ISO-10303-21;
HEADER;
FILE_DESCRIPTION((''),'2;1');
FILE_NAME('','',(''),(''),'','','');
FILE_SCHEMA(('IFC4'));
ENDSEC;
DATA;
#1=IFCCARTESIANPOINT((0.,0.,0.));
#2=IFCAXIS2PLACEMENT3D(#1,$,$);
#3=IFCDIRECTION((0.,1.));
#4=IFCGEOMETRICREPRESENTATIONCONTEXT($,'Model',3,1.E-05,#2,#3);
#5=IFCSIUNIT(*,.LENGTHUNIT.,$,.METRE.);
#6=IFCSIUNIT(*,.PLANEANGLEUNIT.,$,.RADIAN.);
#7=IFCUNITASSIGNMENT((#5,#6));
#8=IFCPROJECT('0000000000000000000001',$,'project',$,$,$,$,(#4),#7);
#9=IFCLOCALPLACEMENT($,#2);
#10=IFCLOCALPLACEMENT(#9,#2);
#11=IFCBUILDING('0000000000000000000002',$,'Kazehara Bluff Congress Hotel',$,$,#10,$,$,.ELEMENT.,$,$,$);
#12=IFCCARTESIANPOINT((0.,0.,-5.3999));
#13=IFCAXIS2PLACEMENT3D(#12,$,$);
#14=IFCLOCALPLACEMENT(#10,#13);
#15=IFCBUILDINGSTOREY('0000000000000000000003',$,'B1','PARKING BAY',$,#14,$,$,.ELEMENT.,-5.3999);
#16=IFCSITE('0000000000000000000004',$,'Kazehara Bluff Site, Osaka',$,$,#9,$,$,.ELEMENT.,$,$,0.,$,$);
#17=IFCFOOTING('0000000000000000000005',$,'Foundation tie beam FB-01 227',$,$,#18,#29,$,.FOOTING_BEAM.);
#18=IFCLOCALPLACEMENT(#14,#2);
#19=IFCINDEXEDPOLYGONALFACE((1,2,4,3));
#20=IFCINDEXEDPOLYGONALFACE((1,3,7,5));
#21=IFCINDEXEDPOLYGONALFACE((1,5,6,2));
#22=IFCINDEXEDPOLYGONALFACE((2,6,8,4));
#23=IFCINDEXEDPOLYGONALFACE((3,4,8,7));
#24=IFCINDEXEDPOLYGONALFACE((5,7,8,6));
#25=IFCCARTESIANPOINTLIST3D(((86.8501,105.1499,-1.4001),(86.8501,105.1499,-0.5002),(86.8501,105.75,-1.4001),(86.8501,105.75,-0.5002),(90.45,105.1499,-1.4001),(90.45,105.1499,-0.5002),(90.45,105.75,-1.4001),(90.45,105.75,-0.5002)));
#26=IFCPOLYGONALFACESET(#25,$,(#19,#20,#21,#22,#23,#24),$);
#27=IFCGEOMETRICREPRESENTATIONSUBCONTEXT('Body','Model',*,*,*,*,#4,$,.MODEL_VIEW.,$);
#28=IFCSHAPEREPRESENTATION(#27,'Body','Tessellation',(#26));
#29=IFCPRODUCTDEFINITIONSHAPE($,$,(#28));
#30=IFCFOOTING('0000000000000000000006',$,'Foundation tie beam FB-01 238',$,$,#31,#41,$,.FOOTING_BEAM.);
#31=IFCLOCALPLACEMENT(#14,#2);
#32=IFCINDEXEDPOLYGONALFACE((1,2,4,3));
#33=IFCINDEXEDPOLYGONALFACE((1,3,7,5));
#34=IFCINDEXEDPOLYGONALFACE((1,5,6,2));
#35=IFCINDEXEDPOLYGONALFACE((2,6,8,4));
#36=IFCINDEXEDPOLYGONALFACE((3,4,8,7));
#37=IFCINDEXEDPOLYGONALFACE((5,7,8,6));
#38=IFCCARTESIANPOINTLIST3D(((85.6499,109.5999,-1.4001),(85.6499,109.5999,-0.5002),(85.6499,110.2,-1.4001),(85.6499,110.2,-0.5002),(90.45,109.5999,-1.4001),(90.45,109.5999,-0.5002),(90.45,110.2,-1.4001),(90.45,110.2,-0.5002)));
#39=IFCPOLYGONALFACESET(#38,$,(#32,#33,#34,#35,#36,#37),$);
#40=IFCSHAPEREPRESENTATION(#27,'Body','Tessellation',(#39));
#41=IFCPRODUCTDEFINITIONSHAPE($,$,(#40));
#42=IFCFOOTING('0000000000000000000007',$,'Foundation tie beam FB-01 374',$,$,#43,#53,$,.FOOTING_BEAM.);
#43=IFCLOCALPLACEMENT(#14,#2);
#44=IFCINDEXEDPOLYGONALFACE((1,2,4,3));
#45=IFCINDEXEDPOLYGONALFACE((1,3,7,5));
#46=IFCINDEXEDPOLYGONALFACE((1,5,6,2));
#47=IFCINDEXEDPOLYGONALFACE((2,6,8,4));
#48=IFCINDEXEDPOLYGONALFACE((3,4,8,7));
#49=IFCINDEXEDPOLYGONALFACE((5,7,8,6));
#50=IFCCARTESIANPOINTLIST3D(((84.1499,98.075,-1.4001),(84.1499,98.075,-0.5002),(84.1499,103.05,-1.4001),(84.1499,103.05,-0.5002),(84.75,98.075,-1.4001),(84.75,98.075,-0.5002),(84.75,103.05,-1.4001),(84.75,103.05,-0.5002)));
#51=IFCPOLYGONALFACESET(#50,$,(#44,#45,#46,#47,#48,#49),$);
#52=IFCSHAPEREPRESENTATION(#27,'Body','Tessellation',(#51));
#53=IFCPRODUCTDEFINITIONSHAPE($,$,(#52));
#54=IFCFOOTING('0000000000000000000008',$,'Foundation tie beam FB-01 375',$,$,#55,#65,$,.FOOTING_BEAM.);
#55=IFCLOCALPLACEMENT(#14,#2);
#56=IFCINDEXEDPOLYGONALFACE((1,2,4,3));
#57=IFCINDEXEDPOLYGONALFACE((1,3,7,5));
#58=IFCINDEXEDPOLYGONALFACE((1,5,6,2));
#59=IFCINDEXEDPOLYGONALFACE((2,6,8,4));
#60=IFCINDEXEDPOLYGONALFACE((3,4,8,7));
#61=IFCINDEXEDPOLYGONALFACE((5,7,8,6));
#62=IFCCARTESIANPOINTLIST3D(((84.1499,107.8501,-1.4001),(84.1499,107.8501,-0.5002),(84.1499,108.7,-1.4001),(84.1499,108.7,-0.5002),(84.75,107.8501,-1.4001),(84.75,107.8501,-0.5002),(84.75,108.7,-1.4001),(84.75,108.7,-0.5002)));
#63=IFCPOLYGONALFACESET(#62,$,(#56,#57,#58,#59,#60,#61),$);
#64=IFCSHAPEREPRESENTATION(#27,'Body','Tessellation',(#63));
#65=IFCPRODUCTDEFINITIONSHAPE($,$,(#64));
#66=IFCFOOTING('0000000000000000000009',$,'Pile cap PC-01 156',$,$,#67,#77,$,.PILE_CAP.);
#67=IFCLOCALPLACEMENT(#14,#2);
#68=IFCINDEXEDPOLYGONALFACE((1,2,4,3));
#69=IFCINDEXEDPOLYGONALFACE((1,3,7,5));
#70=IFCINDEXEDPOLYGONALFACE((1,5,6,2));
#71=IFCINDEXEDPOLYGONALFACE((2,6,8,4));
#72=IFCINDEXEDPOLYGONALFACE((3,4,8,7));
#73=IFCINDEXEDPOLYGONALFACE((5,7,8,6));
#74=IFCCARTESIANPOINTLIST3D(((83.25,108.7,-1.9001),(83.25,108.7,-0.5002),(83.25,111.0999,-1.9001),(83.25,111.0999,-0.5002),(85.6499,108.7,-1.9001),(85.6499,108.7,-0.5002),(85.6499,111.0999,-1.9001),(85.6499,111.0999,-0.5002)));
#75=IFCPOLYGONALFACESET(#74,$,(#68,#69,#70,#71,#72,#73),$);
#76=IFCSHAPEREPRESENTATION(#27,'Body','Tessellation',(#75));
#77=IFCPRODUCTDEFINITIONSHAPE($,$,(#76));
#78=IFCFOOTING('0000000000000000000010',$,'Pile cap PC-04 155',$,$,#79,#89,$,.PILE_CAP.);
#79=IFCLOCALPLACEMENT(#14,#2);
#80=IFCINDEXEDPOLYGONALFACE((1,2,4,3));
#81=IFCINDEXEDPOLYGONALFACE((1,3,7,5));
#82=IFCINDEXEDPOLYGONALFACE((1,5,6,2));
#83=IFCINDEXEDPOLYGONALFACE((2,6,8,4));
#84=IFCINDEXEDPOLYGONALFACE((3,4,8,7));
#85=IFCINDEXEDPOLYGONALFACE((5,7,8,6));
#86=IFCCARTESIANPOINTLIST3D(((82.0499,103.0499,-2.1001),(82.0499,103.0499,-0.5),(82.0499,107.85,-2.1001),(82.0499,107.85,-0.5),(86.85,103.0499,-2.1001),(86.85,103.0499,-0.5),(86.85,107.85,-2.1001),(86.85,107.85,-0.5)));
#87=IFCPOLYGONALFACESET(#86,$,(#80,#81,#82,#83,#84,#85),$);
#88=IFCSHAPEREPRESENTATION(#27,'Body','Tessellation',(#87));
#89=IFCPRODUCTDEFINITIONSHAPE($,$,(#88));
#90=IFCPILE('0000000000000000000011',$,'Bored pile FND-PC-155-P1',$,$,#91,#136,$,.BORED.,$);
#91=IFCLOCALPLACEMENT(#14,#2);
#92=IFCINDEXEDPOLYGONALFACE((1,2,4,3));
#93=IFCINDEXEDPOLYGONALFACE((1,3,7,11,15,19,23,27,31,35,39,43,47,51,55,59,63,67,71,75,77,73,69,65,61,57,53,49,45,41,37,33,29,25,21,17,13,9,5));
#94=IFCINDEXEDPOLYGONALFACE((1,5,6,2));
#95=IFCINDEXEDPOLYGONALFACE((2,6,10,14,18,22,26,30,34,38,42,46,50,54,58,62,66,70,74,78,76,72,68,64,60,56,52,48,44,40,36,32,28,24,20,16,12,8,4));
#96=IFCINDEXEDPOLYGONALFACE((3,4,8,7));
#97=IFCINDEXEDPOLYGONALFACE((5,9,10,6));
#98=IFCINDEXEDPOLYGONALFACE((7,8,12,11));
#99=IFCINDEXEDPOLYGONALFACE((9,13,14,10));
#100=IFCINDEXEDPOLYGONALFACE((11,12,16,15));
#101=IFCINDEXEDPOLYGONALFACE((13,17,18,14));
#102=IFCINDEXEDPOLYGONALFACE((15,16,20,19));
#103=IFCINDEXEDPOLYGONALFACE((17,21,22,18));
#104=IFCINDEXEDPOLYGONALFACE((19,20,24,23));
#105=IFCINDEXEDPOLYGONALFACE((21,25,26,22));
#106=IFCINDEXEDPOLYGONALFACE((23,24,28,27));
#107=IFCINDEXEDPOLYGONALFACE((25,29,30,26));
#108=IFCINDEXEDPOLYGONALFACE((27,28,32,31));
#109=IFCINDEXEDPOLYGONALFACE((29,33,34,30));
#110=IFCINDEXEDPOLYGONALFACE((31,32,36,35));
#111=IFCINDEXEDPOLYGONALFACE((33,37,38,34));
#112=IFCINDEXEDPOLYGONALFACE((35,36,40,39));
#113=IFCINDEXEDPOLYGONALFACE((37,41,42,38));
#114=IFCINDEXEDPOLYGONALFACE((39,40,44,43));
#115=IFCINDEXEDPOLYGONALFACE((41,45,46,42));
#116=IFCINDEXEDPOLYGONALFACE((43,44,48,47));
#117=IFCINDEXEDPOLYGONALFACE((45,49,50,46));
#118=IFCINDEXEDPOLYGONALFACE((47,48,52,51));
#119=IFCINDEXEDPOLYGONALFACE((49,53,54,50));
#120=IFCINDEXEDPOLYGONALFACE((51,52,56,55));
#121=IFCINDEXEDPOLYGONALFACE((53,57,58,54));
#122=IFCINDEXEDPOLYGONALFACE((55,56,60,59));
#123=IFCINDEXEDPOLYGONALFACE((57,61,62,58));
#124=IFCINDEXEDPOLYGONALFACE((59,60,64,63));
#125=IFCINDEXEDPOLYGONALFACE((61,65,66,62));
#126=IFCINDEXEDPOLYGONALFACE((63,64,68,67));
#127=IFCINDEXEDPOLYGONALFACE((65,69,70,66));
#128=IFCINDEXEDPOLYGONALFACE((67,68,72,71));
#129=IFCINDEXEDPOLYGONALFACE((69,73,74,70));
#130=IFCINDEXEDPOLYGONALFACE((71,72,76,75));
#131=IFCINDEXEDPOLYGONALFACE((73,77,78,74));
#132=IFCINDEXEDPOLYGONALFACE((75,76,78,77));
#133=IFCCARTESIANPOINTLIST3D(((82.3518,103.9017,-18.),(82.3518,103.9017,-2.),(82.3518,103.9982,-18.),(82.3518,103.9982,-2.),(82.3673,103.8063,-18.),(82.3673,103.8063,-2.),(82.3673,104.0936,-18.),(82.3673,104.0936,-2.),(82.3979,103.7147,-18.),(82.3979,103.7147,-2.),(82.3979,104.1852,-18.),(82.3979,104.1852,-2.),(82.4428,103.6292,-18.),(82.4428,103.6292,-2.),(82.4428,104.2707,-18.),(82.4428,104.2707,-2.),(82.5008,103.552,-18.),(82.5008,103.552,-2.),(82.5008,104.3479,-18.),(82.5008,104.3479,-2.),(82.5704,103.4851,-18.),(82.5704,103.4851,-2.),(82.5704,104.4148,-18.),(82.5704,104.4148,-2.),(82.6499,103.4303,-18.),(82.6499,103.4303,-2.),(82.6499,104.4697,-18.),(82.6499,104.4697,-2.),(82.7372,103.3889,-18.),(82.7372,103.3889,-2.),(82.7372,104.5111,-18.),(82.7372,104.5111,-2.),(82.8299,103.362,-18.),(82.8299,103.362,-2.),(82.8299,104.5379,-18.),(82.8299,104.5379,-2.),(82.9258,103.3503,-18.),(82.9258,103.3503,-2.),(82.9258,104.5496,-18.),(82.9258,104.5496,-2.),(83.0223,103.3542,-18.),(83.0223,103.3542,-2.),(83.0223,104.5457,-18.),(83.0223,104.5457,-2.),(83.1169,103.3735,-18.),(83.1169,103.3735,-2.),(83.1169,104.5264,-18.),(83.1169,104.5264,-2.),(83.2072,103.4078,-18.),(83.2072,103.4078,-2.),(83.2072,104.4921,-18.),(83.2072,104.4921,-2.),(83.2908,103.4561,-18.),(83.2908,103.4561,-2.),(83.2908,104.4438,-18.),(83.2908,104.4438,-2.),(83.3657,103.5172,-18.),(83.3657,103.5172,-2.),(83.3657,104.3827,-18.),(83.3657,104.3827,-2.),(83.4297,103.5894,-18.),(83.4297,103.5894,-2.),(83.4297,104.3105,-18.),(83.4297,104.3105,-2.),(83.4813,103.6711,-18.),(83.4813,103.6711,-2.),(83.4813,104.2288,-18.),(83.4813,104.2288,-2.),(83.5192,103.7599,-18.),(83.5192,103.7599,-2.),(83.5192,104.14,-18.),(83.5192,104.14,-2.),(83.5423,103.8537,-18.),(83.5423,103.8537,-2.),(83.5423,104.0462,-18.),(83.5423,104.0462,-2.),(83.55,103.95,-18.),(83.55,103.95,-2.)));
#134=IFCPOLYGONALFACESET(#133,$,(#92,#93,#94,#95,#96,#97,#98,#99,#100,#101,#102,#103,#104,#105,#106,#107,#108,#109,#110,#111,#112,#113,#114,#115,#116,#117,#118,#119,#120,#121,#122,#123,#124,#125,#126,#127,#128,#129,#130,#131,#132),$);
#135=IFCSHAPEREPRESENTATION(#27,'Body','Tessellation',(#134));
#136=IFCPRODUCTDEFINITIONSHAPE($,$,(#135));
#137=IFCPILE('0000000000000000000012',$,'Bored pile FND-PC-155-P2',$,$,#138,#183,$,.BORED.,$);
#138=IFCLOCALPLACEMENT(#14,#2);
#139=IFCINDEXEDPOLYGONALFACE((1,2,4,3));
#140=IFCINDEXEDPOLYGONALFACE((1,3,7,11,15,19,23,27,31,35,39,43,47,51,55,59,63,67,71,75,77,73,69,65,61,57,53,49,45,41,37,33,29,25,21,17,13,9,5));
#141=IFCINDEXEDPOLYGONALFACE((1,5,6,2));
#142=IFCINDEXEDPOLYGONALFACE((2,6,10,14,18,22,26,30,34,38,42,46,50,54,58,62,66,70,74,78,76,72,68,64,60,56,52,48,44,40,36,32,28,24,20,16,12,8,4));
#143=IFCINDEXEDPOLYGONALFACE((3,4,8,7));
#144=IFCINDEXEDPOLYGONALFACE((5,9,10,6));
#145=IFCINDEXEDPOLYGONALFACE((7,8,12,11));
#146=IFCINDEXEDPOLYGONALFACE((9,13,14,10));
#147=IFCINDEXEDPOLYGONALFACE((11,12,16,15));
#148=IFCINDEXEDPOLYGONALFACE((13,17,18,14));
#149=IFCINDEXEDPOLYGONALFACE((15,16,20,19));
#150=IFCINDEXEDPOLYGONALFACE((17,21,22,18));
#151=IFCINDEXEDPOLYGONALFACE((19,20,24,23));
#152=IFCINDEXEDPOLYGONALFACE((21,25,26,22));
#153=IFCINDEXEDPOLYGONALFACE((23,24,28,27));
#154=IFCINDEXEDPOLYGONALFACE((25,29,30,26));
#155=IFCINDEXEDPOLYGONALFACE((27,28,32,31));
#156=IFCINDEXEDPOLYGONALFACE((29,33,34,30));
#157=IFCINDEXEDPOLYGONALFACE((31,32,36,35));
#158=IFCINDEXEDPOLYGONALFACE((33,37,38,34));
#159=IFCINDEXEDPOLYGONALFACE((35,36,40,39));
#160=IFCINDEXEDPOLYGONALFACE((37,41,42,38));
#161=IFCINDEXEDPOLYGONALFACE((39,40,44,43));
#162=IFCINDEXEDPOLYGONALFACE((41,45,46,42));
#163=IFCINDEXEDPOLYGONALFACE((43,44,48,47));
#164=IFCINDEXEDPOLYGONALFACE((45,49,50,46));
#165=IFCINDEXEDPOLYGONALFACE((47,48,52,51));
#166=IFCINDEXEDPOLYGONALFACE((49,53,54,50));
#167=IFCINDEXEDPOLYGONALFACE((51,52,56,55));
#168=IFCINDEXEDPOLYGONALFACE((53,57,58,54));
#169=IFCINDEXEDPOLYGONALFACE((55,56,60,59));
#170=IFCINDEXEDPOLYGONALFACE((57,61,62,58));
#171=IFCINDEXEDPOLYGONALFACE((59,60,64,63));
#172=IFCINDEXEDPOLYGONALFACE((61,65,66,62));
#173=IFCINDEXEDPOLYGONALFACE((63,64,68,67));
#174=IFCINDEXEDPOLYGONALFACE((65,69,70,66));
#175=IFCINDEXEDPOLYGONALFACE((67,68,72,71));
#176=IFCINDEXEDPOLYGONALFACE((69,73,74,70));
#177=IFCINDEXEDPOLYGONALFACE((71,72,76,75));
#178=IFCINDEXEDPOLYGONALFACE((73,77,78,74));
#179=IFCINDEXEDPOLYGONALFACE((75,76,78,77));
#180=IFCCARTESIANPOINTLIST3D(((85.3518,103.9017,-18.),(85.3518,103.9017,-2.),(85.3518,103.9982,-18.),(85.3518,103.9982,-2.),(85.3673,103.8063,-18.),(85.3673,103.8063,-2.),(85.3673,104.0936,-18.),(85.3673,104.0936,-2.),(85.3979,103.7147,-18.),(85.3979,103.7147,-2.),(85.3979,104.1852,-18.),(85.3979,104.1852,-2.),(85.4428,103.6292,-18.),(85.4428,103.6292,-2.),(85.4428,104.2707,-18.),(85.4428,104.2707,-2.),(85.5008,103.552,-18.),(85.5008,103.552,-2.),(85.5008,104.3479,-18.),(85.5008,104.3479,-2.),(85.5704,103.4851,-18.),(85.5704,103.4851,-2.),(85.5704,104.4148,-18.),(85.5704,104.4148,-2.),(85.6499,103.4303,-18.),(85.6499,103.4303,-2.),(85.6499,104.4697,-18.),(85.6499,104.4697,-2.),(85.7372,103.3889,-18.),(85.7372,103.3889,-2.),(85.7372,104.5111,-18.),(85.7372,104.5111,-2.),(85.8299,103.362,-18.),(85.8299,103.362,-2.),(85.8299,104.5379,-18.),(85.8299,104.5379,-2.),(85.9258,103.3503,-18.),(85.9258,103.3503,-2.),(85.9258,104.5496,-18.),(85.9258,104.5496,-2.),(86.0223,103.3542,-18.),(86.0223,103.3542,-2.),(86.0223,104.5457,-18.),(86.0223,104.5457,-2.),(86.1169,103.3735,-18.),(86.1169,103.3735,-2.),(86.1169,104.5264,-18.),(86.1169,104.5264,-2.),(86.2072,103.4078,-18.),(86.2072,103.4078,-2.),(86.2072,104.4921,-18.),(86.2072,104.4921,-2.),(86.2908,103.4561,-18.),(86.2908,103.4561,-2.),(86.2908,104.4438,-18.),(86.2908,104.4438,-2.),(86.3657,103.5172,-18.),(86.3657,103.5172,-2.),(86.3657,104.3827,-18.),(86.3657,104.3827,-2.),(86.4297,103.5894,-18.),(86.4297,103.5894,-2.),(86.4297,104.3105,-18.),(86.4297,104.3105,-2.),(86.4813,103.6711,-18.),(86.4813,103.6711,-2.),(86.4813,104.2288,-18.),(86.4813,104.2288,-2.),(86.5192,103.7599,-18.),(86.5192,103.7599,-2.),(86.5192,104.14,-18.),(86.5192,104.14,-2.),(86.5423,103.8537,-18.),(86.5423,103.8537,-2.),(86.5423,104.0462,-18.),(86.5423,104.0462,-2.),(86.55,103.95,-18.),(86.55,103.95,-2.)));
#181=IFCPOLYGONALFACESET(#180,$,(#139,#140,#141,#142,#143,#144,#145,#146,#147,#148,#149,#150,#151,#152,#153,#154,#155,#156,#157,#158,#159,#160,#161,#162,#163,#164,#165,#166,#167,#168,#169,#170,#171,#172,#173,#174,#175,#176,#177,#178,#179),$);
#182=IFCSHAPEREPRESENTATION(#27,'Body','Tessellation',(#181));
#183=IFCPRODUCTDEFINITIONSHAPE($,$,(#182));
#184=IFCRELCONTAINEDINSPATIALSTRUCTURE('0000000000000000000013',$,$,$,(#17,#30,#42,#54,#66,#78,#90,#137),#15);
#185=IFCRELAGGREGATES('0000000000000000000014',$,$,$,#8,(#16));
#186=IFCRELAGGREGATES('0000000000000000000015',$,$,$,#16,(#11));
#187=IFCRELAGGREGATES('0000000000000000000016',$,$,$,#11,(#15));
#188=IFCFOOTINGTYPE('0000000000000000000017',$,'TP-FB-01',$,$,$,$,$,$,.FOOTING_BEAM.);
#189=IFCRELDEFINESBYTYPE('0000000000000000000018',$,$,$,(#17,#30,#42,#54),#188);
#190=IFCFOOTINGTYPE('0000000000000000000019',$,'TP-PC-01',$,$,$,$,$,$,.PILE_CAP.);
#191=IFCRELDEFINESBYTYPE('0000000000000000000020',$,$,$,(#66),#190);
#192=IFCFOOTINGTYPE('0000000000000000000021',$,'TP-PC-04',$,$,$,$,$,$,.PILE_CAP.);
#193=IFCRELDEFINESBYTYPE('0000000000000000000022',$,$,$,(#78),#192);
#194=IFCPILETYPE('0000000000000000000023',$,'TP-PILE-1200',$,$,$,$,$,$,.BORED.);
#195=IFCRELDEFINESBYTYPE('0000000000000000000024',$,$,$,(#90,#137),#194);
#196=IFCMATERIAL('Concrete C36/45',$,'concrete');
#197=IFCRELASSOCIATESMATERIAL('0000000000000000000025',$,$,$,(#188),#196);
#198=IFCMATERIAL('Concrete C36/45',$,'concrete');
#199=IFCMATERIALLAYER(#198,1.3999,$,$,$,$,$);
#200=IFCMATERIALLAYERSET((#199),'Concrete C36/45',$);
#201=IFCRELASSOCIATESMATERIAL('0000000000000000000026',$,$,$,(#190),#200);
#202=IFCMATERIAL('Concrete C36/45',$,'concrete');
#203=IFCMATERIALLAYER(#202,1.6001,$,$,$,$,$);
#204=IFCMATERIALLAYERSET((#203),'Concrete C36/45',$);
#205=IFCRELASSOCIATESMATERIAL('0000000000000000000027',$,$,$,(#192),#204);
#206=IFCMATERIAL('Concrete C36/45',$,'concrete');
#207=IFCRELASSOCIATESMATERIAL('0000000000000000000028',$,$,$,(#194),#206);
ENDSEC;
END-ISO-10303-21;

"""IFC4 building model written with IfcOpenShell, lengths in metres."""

from ifc_helpers import new_model, si_unit, direction, frame, origin, origin_2d, place, context, subcontext, project, spatial, rectangle, circle, extrude, material, layer, layer_set, material_profile, profile_set, type_object, element, save


model = new_model("IFC4")

# Units and contexts
model_context = context("Model", 3, precision=1e-05, world=origin(), true_north=direction((0.0, 1.0)))
body_context = subcontext(model_context, "Body", "Model", "MODEL_VIEW")
ifc_project = project(units=[si_unit("LENGTHUNIT", "METRE"), si_unit("PLANEANGLEUNIT", "RADIAN")], contexts=[model_context])

# Site, building, storey
site_placement = place(None, origin())
site = spatial("IfcSite", under=ifc_project, at=site_placement, Name="Kazehara Bluff Site, Osaka", CompositionType="ELEMENT", RefElevation=0.0)
building_placement = place(site_placement, origin())
building = spatial("IfcBuilding", under=site, at=building_placement, Name="Kazehara Bluff Congress Hotel", CompositionType="ELEMENT")
storey_placement = place(building_placement, frame((0.0, 0.0, -5.3999)))
storey = spatial("IfcBuildingStorey", under=building, at=storey_placement, Name="B1", Description="PARKING BAY", CompositionType="ELEMENT", Elevation=-5.3999)

# Footings
ifc_material_1 = material(Name="Concrete C36/45", Category="concrete")
ifc_material_profile_1 = material_profile(ifc_material_1, rectangle(XDim=0.6001, YDim=0.8999, at=origin_2d()))
ifc_profile_set_1 = profile_set([ifc_material_profile_1], Name="Concrete C36/45")
footing_type_1 = type_object("IfcFootingType", Name="TP-FB-01", PredefinedType="FOOTING_BEAM", material=ifc_profile_set_1)
footing_1_placement = place(storey_placement, frame((86.8501, 105.45, -0.9502), z_axis=(1.0, 0.0, 0.0), x_axis=(0.0, 1.0, 0.0)))
element("IfcFooting", 1, at=footing_1_placement, inside=storey, type_object=footing_type_1, Name="Foundation tie beam FB-01 227", PredefinedType="FOOTING_BEAM", context=body_context, shape_type="SweptSolid", body=[
    extrude(rectangle(XDim=0.6001, YDim=0.8999, at=origin_2d()), origin(), (0.0, 0.0, 1.0), 3.5999),
])
footing_2_placement = place(storey_placement, frame((85.6499, 109.8999, -0.9502), z_axis=(1.0, 0.0, 0.0), x_axis=(0.0, 1.0, 0.0)))
element("IfcFooting", 2, at=footing_2_placement, inside=storey, type_object=footing_type_1, Name="Foundation tie beam FB-01 238", PredefinedType="FOOTING_BEAM", context=body_context, shape_type="SweptSolid", body=[
    extrude(rectangle(XDim=0.6001, YDim=0.8999, at=origin_2d()), origin(), (0.0, 0.0, 1.0), 4.8),
])
footing_3_placement = place(storey_placement, frame((84.45, 98.075, -0.9502), z_axis=(0.0, 1.0, 0.0), x_axis=(-1.0, 0.0, 0.0)))
element("IfcFooting", 3, at=footing_3_placement, inside=storey, type_object=footing_type_1, Name="Foundation tie beam FB-01 374", PredefinedType="FOOTING_BEAM", context=body_context, shape_type="SweptSolid", body=[
    extrude(rectangle(XDim=0.6001, YDim=0.8999, at=origin_2d()), origin(), (0.0, 0.0, 1.0), 4.9751),
])
footing_4_placement = place(storey_placement, frame((84.45, 107.8501, -0.9502), z_axis=(0.0, 1.0, 0.0), x_axis=(-1.0, 0.0, 0.0)))
element("IfcFooting", 4, at=footing_4_placement, inside=storey, type_object=footing_type_1, Name="Foundation tie beam FB-01 375", PredefinedType="FOOTING_BEAM", context=body_context, shape_type="SweptSolid", body=[
    extrude(rectangle(XDim=0.6001, YDim=0.8999, at=origin_2d()), origin(), (0.0, 0.0, 1.0), 0.8499),
])
ifc_material_2 = material(Name="Concrete C36/45", Category="concrete")
ifc_layer_1 = layer(ifc_material_2, 1.3999)
ifc_layer_set_1 = layer_set([ifc_layer_1], Name="Concrete C36/45")
footing_type_2 = type_object("IfcFootingType", Name="TP-PC-01", PredefinedType="PILE_CAP", material=ifc_layer_set_1)
footing_5_placement = place(storey_placement, frame((84.45, 109.8999, -1.9001), z_axis=(0.0, 0.0, 1.0), x_axis=(1.0, 0.0, 0.0)))
element("IfcFooting", 5, at=footing_5_placement, inside=storey, type_object=footing_type_2, Name="Pile cap PC-01 156", PredefinedType="PILE_CAP", context=body_context, shape_type="SweptSolid", body=[
    extrude(rectangle(XDim=2.3999, YDim=2.3999, at=origin_2d()), origin(), (0.0, 0.0, 1.0), 1.3999),
])
ifc_material_3 = material(Name="Concrete C36/45", Category="concrete")
ifc_layer_2 = layer(ifc_material_3, 1.6001)
ifc_layer_set_2 = layer_set([ifc_layer_2], Name="Concrete C36/45")
footing_type_3 = type_object("IfcFootingType", Name="TP-PC-04", PredefinedType="PILE_CAP", material=ifc_layer_set_2)
footing_6_placement = place(storey_placement, frame((84.45, 105.45, -2.1001), z_axis=(0.0, 0.0, 1.0), x_axis=(1.0, 0.0, 0.0)))
element("IfcFooting", 6, at=footing_6_placement, inside=storey, type_object=footing_type_3, Name="Pile cap PC-04 155", PredefinedType="PILE_CAP", context=body_context, shape_type="SweptSolid", body=[
    extrude(rectangle(XDim=4.8, YDim=4.8, at=origin_2d()), origin(), (0.0, 0.0, 1.0), 1.6001),
])

# Piles
ifc_material_4 = material(Name="Concrete C36/45", Category="concrete")
ifc_material_profile_2 = material_profile(ifc_material_4, circle(Radius=0.6001, at=origin_2d()))
ifc_profile_set_2 = profile_set([ifc_material_profile_2], Name="Concrete C36/45")
pile_type = type_object("IfcPileType", Name="TP-PILE-1200", PredefinedType="BORED", material=ifc_profile_set_2)
for number, where, z_axis, x_axis, name in (
    (7, (82.95, 103.95, -2.0), (0.0, 0.0, -1.0), (1.0, 0.0, 0.0), "Bored pile FND-PC-155-P1"),
    (8, (85.95, 103.95, -2.0), (0.0, 0.0, -1.0), (1.0, 0.0, 0.0), "Bored pile FND-PC-155-P2"),
):
    element("IfcPile", number, at=place(storey_placement, frame(where, z_axis=z_axis, x_axis=x_axis)), inside=storey, type_object=pile_type, Name=name, PredefinedType="BORED", context=body_context, shape_type="SweptSolid", body=[
        extrude(circle(Radius=0.6001, at=origin_2d()), origin(), (0.0, 0.0, 1.0), 16.0),
    ])

save(model, "model.ifc")
